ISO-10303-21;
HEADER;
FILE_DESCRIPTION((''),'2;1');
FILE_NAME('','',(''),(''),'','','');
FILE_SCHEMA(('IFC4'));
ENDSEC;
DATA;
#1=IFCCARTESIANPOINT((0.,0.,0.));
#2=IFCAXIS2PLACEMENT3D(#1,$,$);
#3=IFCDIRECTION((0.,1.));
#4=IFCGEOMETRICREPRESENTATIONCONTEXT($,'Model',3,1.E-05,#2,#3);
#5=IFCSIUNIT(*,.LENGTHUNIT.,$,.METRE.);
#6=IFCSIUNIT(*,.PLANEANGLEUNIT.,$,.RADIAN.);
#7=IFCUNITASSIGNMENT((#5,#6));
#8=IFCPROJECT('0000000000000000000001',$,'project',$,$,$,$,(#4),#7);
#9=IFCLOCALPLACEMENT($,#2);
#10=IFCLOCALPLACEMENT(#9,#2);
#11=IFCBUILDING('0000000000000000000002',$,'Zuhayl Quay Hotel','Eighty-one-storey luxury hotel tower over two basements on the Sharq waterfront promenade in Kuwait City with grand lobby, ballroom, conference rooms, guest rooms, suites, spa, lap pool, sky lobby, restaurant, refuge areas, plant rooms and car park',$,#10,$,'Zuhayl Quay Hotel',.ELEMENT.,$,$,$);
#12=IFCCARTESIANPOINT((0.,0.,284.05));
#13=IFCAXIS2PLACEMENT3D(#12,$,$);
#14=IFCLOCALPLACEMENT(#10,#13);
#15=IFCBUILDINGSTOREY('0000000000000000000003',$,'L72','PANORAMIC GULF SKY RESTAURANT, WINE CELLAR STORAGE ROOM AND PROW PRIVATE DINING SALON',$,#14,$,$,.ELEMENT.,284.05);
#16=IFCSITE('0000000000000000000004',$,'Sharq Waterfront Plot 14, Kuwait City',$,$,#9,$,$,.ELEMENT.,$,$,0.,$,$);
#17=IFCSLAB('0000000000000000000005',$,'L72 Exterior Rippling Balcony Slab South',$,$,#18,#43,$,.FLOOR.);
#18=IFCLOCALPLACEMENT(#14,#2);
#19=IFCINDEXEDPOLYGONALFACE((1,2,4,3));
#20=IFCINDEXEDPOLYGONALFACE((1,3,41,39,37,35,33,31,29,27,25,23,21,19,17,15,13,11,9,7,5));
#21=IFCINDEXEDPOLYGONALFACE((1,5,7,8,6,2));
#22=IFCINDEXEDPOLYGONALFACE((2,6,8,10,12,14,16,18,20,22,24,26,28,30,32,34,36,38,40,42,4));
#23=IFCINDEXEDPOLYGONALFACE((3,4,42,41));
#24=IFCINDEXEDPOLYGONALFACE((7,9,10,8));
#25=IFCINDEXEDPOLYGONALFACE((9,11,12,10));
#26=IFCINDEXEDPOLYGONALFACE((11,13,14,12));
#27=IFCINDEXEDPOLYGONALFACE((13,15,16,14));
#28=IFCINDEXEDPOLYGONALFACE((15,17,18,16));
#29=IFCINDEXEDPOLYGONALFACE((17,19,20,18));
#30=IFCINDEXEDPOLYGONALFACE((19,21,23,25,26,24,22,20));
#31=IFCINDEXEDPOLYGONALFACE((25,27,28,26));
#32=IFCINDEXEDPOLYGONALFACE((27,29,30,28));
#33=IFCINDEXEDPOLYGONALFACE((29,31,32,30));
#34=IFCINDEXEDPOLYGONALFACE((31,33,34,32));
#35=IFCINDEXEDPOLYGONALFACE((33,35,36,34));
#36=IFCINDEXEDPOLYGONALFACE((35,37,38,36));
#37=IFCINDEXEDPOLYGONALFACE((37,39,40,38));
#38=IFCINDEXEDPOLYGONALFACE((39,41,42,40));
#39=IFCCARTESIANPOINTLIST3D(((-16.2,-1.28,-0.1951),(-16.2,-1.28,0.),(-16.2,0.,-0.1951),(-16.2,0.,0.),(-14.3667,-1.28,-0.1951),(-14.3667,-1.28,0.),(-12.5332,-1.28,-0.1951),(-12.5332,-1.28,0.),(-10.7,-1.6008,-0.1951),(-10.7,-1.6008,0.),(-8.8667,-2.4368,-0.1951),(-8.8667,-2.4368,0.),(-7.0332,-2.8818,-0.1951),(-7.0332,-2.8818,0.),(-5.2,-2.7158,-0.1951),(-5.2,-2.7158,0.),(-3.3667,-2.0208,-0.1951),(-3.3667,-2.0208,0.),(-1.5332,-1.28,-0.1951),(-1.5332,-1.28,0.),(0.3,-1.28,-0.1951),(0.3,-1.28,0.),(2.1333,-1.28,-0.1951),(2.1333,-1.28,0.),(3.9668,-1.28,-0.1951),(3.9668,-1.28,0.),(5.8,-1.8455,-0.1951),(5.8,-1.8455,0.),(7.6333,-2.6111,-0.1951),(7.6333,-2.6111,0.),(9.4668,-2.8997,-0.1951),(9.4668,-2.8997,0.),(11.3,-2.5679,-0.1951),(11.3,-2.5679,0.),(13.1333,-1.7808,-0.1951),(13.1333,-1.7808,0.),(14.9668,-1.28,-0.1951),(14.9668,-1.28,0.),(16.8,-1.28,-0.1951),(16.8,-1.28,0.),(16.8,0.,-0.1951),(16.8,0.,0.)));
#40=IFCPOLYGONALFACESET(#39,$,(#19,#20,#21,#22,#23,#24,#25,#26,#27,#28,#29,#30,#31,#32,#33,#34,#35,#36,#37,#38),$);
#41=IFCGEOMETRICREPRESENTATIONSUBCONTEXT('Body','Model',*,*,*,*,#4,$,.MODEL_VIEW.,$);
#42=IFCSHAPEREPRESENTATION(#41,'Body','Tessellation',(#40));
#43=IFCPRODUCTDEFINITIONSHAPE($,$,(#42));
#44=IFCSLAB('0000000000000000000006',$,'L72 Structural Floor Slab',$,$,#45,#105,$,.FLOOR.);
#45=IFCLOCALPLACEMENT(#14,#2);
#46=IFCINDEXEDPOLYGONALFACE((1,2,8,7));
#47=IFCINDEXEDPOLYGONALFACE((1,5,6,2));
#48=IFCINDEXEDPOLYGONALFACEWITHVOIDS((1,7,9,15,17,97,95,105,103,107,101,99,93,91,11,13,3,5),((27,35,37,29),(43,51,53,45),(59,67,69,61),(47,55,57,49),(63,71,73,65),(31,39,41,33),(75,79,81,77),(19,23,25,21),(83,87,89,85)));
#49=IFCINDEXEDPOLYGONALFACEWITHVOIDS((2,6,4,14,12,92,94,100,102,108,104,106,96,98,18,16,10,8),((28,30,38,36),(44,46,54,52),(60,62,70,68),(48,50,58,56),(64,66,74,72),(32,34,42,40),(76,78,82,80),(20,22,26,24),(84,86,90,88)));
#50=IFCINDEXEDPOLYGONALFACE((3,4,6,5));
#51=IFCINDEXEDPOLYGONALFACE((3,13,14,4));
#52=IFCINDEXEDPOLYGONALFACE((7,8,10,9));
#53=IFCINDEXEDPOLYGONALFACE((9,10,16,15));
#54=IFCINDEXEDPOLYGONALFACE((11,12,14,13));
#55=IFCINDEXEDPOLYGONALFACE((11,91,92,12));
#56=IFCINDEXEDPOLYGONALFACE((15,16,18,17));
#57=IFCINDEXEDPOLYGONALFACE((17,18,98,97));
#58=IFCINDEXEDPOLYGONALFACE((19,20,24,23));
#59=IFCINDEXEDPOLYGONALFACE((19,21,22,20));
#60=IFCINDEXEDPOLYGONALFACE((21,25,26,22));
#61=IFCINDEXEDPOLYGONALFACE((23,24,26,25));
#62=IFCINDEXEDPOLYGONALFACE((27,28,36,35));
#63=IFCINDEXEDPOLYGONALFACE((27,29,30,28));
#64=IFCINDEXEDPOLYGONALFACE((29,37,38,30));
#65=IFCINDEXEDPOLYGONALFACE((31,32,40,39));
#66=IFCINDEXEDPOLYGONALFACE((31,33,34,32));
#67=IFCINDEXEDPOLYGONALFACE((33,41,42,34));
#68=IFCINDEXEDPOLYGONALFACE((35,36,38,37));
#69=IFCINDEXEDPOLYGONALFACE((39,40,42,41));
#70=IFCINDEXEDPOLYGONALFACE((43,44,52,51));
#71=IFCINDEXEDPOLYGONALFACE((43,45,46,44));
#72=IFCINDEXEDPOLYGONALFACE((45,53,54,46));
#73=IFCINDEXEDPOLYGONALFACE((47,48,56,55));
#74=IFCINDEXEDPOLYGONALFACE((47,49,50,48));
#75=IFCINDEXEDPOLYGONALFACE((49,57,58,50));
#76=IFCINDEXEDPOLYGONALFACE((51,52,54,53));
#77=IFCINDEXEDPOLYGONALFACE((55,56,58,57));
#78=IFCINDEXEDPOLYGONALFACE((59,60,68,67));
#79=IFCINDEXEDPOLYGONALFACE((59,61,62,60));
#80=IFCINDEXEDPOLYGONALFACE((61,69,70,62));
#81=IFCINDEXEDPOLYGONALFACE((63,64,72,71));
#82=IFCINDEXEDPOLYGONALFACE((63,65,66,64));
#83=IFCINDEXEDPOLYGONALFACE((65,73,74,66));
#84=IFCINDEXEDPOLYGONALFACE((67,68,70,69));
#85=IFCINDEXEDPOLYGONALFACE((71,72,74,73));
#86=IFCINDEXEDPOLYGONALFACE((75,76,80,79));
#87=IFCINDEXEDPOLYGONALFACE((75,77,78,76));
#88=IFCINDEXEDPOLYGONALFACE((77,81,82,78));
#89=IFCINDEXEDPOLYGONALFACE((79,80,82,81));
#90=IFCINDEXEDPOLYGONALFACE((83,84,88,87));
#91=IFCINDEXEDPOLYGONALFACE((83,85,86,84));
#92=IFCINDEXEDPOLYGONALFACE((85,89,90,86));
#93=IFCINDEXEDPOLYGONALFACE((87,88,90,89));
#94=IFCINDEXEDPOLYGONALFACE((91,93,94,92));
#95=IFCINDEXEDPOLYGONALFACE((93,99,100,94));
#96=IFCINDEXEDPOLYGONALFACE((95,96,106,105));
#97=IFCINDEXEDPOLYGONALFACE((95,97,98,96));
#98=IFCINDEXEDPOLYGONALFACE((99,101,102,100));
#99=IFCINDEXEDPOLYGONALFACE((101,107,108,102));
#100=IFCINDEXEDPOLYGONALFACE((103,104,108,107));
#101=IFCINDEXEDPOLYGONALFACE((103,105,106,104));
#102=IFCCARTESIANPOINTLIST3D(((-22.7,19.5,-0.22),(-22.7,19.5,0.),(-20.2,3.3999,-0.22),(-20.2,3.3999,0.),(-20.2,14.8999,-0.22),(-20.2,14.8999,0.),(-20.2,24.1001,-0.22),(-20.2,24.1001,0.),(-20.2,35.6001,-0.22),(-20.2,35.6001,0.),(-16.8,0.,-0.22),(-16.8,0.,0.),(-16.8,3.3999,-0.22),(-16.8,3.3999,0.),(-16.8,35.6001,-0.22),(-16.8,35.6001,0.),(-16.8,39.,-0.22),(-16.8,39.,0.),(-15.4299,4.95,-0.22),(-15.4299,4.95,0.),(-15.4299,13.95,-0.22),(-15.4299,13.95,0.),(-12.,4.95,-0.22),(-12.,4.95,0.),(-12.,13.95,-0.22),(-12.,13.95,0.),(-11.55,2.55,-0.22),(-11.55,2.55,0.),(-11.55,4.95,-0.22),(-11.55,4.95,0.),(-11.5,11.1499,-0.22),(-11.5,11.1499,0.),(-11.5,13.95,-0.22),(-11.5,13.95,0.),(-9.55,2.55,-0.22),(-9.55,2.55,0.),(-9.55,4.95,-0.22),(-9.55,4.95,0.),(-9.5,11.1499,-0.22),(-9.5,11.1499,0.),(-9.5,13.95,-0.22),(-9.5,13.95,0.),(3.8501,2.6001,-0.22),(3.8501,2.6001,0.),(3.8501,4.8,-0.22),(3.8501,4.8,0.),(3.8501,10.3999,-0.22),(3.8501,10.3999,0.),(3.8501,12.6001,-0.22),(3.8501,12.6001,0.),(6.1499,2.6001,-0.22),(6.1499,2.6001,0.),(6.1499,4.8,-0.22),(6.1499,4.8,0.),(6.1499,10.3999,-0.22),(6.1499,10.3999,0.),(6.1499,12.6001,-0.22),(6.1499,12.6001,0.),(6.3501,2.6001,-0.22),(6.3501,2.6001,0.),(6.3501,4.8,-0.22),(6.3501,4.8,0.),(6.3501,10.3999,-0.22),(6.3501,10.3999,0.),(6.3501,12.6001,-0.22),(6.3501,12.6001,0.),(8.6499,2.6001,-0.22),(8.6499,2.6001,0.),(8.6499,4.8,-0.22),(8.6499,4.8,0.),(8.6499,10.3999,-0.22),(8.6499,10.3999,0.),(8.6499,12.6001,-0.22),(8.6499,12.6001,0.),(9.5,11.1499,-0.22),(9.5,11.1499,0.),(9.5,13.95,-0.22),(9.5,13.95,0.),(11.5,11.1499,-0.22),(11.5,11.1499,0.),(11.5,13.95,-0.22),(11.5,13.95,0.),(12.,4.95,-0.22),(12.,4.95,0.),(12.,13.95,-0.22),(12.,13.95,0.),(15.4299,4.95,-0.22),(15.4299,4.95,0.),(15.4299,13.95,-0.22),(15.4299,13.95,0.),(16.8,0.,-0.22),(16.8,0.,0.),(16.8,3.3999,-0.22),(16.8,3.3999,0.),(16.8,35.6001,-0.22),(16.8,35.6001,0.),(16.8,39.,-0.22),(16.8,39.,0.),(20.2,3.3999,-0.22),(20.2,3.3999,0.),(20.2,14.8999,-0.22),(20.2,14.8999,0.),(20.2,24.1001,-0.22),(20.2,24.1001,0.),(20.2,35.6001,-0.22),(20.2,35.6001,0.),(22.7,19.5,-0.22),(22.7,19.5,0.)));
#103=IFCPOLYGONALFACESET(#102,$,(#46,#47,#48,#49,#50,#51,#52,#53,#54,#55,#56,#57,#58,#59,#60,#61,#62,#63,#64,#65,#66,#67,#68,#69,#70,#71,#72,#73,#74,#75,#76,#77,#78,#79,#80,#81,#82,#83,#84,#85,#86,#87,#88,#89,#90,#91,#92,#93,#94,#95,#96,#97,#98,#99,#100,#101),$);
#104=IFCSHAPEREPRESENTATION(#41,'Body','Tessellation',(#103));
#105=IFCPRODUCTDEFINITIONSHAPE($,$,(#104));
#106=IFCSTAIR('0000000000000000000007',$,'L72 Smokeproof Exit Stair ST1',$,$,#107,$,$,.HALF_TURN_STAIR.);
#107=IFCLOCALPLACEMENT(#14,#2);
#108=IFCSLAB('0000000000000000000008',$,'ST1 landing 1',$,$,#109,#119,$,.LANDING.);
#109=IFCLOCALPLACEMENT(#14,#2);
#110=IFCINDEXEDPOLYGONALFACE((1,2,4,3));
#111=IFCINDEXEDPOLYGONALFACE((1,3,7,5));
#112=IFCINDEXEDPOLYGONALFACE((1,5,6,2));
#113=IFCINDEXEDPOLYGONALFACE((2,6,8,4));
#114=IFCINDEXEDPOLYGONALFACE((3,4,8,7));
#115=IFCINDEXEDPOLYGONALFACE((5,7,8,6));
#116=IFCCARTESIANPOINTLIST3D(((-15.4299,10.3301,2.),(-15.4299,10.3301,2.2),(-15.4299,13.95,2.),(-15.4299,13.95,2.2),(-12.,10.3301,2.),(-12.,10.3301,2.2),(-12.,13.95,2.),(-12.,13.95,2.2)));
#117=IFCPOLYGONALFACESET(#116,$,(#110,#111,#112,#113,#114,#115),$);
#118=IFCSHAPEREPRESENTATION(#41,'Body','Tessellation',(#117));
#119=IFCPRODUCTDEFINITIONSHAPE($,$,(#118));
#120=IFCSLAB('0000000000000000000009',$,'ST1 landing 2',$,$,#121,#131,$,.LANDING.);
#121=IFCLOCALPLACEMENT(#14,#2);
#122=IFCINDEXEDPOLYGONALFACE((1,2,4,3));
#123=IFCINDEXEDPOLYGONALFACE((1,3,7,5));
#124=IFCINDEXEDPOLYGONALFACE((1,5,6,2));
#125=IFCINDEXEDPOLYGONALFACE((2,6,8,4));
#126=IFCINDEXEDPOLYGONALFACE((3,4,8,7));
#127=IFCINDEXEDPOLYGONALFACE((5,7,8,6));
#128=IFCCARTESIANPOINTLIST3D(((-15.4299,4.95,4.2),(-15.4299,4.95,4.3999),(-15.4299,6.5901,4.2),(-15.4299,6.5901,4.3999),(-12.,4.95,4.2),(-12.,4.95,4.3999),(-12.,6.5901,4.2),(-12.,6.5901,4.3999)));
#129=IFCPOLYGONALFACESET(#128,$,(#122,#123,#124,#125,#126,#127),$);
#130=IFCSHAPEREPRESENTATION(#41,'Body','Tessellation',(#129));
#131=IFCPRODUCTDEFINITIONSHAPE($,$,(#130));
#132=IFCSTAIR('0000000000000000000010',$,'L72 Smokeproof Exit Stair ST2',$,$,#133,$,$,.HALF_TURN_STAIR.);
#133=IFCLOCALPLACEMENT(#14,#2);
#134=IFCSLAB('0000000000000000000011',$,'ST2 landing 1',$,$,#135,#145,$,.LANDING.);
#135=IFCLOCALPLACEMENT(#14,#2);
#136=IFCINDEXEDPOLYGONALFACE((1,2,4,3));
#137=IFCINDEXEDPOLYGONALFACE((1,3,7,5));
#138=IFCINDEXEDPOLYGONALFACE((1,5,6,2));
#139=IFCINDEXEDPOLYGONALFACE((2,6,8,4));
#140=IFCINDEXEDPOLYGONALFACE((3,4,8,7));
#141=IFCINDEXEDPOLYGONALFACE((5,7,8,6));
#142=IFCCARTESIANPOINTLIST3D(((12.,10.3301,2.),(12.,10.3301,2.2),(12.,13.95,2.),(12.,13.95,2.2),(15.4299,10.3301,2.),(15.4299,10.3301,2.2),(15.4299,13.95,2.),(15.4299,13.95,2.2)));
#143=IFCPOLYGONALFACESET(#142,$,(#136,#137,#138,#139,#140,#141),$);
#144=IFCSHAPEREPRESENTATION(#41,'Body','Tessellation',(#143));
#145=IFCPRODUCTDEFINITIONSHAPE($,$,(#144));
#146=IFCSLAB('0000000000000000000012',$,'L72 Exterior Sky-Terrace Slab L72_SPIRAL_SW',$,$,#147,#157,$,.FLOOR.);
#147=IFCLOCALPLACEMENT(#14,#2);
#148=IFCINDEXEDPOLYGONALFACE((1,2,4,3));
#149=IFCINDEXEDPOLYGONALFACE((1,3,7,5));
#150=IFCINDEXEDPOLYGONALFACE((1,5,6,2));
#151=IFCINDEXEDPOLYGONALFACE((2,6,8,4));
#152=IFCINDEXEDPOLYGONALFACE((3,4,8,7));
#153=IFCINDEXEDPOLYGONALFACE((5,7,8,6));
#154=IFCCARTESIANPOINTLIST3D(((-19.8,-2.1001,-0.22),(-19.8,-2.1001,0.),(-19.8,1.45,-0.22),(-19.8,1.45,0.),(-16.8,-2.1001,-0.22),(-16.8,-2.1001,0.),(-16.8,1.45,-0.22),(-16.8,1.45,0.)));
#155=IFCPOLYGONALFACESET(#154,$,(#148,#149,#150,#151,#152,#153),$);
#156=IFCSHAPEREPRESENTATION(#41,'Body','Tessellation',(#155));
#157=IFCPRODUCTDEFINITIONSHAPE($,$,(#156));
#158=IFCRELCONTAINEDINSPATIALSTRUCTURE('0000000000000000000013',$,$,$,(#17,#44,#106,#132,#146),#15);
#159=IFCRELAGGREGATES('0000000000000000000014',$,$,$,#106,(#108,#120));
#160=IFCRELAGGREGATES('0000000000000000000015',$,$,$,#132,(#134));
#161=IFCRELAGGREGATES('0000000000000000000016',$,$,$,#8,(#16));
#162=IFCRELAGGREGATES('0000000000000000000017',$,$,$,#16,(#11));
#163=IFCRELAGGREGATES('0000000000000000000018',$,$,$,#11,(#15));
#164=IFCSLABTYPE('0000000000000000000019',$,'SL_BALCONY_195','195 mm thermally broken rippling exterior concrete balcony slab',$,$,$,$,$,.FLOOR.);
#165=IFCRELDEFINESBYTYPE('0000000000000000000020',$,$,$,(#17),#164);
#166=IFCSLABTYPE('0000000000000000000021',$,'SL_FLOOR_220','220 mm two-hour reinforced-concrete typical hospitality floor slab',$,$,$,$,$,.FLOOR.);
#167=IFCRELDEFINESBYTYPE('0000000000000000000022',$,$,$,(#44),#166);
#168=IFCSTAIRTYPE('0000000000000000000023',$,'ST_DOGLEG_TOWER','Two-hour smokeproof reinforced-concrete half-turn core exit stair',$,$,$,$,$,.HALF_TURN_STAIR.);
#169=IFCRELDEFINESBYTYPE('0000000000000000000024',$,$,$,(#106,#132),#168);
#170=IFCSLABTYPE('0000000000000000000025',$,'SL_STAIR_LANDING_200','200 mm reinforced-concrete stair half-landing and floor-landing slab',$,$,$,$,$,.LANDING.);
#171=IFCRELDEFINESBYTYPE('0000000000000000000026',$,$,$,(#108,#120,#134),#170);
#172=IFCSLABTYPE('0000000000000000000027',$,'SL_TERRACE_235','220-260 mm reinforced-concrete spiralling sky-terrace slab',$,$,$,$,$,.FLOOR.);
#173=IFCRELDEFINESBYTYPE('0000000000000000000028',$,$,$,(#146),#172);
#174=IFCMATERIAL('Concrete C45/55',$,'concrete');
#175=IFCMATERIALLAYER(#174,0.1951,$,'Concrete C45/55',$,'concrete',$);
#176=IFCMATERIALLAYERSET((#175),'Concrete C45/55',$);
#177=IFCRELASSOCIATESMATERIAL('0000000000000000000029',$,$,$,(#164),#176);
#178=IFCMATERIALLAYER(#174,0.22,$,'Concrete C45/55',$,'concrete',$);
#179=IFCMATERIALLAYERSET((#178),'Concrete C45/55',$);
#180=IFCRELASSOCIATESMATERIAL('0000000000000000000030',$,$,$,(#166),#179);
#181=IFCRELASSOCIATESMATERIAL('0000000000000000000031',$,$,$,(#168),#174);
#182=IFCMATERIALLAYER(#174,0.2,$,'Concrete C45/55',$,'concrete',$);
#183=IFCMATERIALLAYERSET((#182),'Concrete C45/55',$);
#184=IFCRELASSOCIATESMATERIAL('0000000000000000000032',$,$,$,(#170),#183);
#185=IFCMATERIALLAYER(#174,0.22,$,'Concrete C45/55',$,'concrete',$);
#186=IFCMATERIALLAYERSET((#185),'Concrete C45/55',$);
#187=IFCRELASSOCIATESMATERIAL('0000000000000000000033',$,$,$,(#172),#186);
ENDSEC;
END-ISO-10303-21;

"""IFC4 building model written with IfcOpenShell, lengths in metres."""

from ifc_helpers import new_model, si_unit, direction, frame, origin, place, context, subcontext, project, spatial, polyline, outline, extrude, material, layer, layer_set, type_object, element, aggregate, save


model = new_model("IFC4")

# Units and contexts
model_context = context("Model", 3, precision=1e-05, world=origin(), true_north=direction((0.0, 1.0)))
body_context = subcontext(model_context, "Body", "Model", "MODEL_VIEW")
ifc_project = project(units=[si_unit("LENGTHUNIT", "METRE"), si_unit("PLANEANGLEUNIT", "RADIAN")], contexts=[model_context])

# Site, building, storey
site_placement = place(None, origin())
site = spatial("IfcSite", under=ifc_project, at=site_placement, Name="Sharq Waterfront Plot 14, Kuwait City", CompositionType="ELEMENT", RefElevation=0.0)
building_placement = place(site_placement, origin())
building = spatial("IfcBuilding", under=site, at=building_placement, Name="Zuhayl Quay Hotel", Description="Eighty-one-storey luxury hotel tower over two basements on the Sharq waterfront promenade in Kuwait City with grand lobby, ballroom, conference rooms, guest rooms, suites, spa, lap pool, sky lobby, restaurant, refuge areas, plant rooms and car park", LongName="Zuhayl Quay Hotel", CompositionType="ELEMENT")
storey_placement = place(building_placement, frame((0.0, 0.0, 284.05)))
storey = spatial("IfcBuildingStorey", under=building, at=storey_placement, Name="L72", Description="PANORAMIC GULF SKY RESTAURANT, WINE CELLAR STORAGE ROOM AND PROW PRIVATE DINING SALON", CompositionType="ELEMENT", Elevation=284.05)

# Slabs
ifc_material_1 = material(Name="Concrete C45/55", Category="concrete")
ifc_layer_1 = layer(ifc_material_1, 0.1951, Name="Concrete C45/55", Category="concrete")
ifc_layer_set_1 = layer_set([ifc_layer_1], Name="Concrete C45/55")
slab_type_1 = type_object("IfcSlabType", Name="SL_BALCONY_195", Description="195 mm thermally broken rippling exterior concrete balcony slab", PredefinedType="FLOOR", material=ifc_layer_set_1)
slab_1_placement = place(storey_placement, frame((0.0, 0.0, -0.1951)))
element("IfcSlab", 1, at=slab_1_placement, inside=storey, type_object=slab_type_1, Name="L72 Exterior Rippling Balcony Slab South", PredefinedType="FLOOR", context=body_context, shape_type="SweptSolid", body=[
    extrude(outline(polyline([(-16.2, -1.28), (-14.3667, -1.28), (-12.5332, -1.28), (-10.7, -1.6008), (-8.8667, -2.4368), (-7.0332, -2.8818), (-5.2, -2.7158), (-3.3667, -2.0208), (-1.5332, -1.28), (0.3, -1.28), (2.1333, -1.28), (3.9668, -1.28), (5.8, -1.8455), (7.6333, -2.6111), (9.4668, -2.8997), (11.3, -2.5679), (13.1333, -1.7808), (14.9668, -1.28), (16.8, -1.28), (16.8, 0.0), (-16.2, 0.0), (-16.2, -1.28)])), origin(), (0.0, 0.0, 1.0), 0.1951),
])
ifc_layer_2 = layer(ifc_material_1, 0.22, Name="Concrete C45/55", Category="concrete")
ifc_layer_set_2 = layer_set([ifc_layer_2], Name="Concrete C45/55")
slab_type_2 = type_object("IfcSlabType", Name="SL_FLOOR_220", Description="220 mm two-hour reinforced-concrete typical hospitality floor slab", PredefinedType="FLOOR", material=ifc_layer_set_2)
slab_2_placement = place(storey_placement, frame((0.0, 0.0, -0.22)))
element("IfcSlab", 2, at=slab_2_placement, inside=storey, type_object=slab_type_2, Name="L72 Structural Floor Slab", PredefinedType="FLOOR", context=body_context, shape_type="SweptSolid", body=[
    extrude(outline(polyline([(-16.8, 0.0), (16.8, 0.0), (16.8, 3.3999), (20.2, 3.3999), (20.2, 14.8999), (22.7, 19.5), (20.2, 24.1001), (20.2, 35.6001), (16.8, 35.6001), (16.8, 39.0), (-16.8, 39.0), (-16.8, 35.6001), (-20.2, 35.6001), (-20.2, 24.1001), (-22.7, 19.5), (-20.2, 14.8999), (-20.2, 3.3999), (-16.8, 3.3999), (-16.8, 0.0)]), holes=[polyline([(-12.0, 4.95), (-12.0, 13.95), (-15.4299, 13.95), (-15.4299, 4.95), (-12.0, 4.95)]), polyline([(15.4299, 4.95), (15.4299, 13.95), (12.0, 13.95), (12.0, 4.95), (15.4299, 4.95)]), polyline([(-11.5, 11.1499), (-9.5, 11.1499), (-9.5, 13.95), (-11.5, 13.95), (-11.5, 11.1499)]), polyline([(9.5, 11.1499), (11.5, 11.1499), (11.5, 13.95), (9.5, 13.95), (9.5, 11.1499)]), polyline([(3.8501, 2.6001), (6.1499, 2.6001), (6.1499, 4.8), (3.8501, 4.8), (3.8501, 2.6001)]), polyline([(6.3501, 2.6001), (8.6499, 2.6001), (8.6499, 4.8), (6.3501, 4.8), (6.3501, 2.6001)]), polyline([(3.8501, 10.3999), (6.1499, 10.3999), (6.1499, 12.6001), (3.8501, 12.6001), (3.8501, 10.3999)]), polyline([(6.3501, 10.3999), (8.6499, 10.3999), (8.6499, 12.6001), (6.3501, 12.6001), (6.3501, 10.3999)]), polyline([(-11.55, 2.55), (-9.55, 2.55), (-9.55, 4.95), (-11.55, 4.95), (-11.55, 2.55)])]), origin(), (0.0, 0.0, 1.0), 0.22),
])

# Stair, slabs
stair_type = type_object("IfcStairType", Name="ST_DOGLEG_TOWER", Description="Two-hour smokeproof reinforced-concrete half-turn core exit stair", PredefinedType="HALF_TURN_STAIR", material=ifc_material_1)
stair_1_placement = place(storey_placement, origin())
stair_1 = element("IfcStair", 3, at=stair_1_placement, inside=storey, type_object=stair_type, Name="L72 Smokeproof Exit Stair ST1", PredefinedType="HALF_TURN_STAIR")
ifc_layer_3 = layer(ifc_material_1, 0.2, Name="Concrete C45/55", Category="concrete")
ifc_layer_set_3 = layer_set([ifc_layer_3], Name="Concrete C45/55")
slab_type_3 = type_object("IfcSlabType", Name="SL_STAIR_LANDING_200", Description="200 mm reinforced-concrete stair half-landing and floor-landing slab", PredefinedType="LANDING", material=ifc_layer_set_3)
slab_3_placement = place(storey_placement, frame((0.0, 0.0, 2.0)))
slab_3 = element("IfcSlab", 4, at=slab_3_placement, type_object=slab_type_3, Name="ST1 landing 1", PredefinedType="LANDING", context=body_context, shape_type="SweptSolid", body=[
    extrude(outline(polyline([(-12.0, 10.3301), (-12.0, 13.95), (-15.4299, 13.95), (-15.4299, 10.3301), (-12.0, 10.3301)])), origin(), (0.0, 0.0, 1.0), 0.2),
])
slab_4_placement = place(storey_placement, frame((0.0, 0.0, 4.2)))
slab_4 = element("IfcSlab", 5, at=slab_4_placement, type_object=slab_type_3, Name="ST1 landing 2", PredefinedType="LANDING", context=body_context, shape_type="SweptSolid", body=[
    extrude(outline(polyline([(-12.0, 4.95), (-12.0, 6.5901), (-15.4299, 6.5901), (-15.4299, 4.95), (-12.0, 4.95)])), origin(), (0.0, 0.0, 1.0), 0.2),
])
aggregate(stair_1, [slab_3, slab_4])

# Stair, slab
stair_2_placement = place(storey_placement, origin())
stair_2 = element("IfcStair", 6, at=stair_2_placement, inside=storey, type_object=stair_type, Name="L72 Smokeproof Exit Stair ST2", PredefinedType="HALF_TURN_STAIR")
slab_5_placement = place(storey_placement, frame((0.0, 0.0, 2.0)))
slab_5 = element("IfcSlab", 7, at=slab_5_placement, type_object=slab_type_3, Name="ST2 landing 1", PredefinedType="LANDING", context=body_context, shape_type="SweptSolid", body=[
    extrude(outline(polyline([(15.4299, 10.3301), (15.4299, 13.95), (12.0, 13.95), (12.0, 10.3301), (15.4299, 10.3301)])), origin(), (0.0, 0.0, 1.0), 0.2),
])
aggregate(stair_2, [slab_5])

# Slab
ifc_layer_4 = layer(ifc_material_1, 0.22, Name="Concrete C45/55", Category="concrete")
ifc_layer_set_4 = layer_set([ifc_layer_4], Name="Concrete C45/55")
slab_type_4 = type_object("IfcSlabType", Name="SL_TERRACE_235", Description="220-260 mm reinforced-concrete spiralling sky-terrace slab", PredefinedType="FLOOR", material=ifc_layer_set_4)
slab_6_placement = place(storey_placement, frame((0.0, 0.0, -0.22)))
element("IfcSlab", 8, at=slab_6_placement, inside=storey, type_object=slab_type_4, Name="L72 Exterior Sky-Terrace Slab L72_SPIRAL_SW", PredefinedType="FLOOR", context=body_context, shape_type="SweptSolid", body=[
    extrude(outline(polyline([(-19.8, -2.1001), (-16.8, -2.1001), (-16.8, 1.45), (-19.8, 1.45), (-19.8, -2.1001)])), origin(), (0.0, 0.0, 1.0), 0.22),
])

save(model, "model.ifc")
